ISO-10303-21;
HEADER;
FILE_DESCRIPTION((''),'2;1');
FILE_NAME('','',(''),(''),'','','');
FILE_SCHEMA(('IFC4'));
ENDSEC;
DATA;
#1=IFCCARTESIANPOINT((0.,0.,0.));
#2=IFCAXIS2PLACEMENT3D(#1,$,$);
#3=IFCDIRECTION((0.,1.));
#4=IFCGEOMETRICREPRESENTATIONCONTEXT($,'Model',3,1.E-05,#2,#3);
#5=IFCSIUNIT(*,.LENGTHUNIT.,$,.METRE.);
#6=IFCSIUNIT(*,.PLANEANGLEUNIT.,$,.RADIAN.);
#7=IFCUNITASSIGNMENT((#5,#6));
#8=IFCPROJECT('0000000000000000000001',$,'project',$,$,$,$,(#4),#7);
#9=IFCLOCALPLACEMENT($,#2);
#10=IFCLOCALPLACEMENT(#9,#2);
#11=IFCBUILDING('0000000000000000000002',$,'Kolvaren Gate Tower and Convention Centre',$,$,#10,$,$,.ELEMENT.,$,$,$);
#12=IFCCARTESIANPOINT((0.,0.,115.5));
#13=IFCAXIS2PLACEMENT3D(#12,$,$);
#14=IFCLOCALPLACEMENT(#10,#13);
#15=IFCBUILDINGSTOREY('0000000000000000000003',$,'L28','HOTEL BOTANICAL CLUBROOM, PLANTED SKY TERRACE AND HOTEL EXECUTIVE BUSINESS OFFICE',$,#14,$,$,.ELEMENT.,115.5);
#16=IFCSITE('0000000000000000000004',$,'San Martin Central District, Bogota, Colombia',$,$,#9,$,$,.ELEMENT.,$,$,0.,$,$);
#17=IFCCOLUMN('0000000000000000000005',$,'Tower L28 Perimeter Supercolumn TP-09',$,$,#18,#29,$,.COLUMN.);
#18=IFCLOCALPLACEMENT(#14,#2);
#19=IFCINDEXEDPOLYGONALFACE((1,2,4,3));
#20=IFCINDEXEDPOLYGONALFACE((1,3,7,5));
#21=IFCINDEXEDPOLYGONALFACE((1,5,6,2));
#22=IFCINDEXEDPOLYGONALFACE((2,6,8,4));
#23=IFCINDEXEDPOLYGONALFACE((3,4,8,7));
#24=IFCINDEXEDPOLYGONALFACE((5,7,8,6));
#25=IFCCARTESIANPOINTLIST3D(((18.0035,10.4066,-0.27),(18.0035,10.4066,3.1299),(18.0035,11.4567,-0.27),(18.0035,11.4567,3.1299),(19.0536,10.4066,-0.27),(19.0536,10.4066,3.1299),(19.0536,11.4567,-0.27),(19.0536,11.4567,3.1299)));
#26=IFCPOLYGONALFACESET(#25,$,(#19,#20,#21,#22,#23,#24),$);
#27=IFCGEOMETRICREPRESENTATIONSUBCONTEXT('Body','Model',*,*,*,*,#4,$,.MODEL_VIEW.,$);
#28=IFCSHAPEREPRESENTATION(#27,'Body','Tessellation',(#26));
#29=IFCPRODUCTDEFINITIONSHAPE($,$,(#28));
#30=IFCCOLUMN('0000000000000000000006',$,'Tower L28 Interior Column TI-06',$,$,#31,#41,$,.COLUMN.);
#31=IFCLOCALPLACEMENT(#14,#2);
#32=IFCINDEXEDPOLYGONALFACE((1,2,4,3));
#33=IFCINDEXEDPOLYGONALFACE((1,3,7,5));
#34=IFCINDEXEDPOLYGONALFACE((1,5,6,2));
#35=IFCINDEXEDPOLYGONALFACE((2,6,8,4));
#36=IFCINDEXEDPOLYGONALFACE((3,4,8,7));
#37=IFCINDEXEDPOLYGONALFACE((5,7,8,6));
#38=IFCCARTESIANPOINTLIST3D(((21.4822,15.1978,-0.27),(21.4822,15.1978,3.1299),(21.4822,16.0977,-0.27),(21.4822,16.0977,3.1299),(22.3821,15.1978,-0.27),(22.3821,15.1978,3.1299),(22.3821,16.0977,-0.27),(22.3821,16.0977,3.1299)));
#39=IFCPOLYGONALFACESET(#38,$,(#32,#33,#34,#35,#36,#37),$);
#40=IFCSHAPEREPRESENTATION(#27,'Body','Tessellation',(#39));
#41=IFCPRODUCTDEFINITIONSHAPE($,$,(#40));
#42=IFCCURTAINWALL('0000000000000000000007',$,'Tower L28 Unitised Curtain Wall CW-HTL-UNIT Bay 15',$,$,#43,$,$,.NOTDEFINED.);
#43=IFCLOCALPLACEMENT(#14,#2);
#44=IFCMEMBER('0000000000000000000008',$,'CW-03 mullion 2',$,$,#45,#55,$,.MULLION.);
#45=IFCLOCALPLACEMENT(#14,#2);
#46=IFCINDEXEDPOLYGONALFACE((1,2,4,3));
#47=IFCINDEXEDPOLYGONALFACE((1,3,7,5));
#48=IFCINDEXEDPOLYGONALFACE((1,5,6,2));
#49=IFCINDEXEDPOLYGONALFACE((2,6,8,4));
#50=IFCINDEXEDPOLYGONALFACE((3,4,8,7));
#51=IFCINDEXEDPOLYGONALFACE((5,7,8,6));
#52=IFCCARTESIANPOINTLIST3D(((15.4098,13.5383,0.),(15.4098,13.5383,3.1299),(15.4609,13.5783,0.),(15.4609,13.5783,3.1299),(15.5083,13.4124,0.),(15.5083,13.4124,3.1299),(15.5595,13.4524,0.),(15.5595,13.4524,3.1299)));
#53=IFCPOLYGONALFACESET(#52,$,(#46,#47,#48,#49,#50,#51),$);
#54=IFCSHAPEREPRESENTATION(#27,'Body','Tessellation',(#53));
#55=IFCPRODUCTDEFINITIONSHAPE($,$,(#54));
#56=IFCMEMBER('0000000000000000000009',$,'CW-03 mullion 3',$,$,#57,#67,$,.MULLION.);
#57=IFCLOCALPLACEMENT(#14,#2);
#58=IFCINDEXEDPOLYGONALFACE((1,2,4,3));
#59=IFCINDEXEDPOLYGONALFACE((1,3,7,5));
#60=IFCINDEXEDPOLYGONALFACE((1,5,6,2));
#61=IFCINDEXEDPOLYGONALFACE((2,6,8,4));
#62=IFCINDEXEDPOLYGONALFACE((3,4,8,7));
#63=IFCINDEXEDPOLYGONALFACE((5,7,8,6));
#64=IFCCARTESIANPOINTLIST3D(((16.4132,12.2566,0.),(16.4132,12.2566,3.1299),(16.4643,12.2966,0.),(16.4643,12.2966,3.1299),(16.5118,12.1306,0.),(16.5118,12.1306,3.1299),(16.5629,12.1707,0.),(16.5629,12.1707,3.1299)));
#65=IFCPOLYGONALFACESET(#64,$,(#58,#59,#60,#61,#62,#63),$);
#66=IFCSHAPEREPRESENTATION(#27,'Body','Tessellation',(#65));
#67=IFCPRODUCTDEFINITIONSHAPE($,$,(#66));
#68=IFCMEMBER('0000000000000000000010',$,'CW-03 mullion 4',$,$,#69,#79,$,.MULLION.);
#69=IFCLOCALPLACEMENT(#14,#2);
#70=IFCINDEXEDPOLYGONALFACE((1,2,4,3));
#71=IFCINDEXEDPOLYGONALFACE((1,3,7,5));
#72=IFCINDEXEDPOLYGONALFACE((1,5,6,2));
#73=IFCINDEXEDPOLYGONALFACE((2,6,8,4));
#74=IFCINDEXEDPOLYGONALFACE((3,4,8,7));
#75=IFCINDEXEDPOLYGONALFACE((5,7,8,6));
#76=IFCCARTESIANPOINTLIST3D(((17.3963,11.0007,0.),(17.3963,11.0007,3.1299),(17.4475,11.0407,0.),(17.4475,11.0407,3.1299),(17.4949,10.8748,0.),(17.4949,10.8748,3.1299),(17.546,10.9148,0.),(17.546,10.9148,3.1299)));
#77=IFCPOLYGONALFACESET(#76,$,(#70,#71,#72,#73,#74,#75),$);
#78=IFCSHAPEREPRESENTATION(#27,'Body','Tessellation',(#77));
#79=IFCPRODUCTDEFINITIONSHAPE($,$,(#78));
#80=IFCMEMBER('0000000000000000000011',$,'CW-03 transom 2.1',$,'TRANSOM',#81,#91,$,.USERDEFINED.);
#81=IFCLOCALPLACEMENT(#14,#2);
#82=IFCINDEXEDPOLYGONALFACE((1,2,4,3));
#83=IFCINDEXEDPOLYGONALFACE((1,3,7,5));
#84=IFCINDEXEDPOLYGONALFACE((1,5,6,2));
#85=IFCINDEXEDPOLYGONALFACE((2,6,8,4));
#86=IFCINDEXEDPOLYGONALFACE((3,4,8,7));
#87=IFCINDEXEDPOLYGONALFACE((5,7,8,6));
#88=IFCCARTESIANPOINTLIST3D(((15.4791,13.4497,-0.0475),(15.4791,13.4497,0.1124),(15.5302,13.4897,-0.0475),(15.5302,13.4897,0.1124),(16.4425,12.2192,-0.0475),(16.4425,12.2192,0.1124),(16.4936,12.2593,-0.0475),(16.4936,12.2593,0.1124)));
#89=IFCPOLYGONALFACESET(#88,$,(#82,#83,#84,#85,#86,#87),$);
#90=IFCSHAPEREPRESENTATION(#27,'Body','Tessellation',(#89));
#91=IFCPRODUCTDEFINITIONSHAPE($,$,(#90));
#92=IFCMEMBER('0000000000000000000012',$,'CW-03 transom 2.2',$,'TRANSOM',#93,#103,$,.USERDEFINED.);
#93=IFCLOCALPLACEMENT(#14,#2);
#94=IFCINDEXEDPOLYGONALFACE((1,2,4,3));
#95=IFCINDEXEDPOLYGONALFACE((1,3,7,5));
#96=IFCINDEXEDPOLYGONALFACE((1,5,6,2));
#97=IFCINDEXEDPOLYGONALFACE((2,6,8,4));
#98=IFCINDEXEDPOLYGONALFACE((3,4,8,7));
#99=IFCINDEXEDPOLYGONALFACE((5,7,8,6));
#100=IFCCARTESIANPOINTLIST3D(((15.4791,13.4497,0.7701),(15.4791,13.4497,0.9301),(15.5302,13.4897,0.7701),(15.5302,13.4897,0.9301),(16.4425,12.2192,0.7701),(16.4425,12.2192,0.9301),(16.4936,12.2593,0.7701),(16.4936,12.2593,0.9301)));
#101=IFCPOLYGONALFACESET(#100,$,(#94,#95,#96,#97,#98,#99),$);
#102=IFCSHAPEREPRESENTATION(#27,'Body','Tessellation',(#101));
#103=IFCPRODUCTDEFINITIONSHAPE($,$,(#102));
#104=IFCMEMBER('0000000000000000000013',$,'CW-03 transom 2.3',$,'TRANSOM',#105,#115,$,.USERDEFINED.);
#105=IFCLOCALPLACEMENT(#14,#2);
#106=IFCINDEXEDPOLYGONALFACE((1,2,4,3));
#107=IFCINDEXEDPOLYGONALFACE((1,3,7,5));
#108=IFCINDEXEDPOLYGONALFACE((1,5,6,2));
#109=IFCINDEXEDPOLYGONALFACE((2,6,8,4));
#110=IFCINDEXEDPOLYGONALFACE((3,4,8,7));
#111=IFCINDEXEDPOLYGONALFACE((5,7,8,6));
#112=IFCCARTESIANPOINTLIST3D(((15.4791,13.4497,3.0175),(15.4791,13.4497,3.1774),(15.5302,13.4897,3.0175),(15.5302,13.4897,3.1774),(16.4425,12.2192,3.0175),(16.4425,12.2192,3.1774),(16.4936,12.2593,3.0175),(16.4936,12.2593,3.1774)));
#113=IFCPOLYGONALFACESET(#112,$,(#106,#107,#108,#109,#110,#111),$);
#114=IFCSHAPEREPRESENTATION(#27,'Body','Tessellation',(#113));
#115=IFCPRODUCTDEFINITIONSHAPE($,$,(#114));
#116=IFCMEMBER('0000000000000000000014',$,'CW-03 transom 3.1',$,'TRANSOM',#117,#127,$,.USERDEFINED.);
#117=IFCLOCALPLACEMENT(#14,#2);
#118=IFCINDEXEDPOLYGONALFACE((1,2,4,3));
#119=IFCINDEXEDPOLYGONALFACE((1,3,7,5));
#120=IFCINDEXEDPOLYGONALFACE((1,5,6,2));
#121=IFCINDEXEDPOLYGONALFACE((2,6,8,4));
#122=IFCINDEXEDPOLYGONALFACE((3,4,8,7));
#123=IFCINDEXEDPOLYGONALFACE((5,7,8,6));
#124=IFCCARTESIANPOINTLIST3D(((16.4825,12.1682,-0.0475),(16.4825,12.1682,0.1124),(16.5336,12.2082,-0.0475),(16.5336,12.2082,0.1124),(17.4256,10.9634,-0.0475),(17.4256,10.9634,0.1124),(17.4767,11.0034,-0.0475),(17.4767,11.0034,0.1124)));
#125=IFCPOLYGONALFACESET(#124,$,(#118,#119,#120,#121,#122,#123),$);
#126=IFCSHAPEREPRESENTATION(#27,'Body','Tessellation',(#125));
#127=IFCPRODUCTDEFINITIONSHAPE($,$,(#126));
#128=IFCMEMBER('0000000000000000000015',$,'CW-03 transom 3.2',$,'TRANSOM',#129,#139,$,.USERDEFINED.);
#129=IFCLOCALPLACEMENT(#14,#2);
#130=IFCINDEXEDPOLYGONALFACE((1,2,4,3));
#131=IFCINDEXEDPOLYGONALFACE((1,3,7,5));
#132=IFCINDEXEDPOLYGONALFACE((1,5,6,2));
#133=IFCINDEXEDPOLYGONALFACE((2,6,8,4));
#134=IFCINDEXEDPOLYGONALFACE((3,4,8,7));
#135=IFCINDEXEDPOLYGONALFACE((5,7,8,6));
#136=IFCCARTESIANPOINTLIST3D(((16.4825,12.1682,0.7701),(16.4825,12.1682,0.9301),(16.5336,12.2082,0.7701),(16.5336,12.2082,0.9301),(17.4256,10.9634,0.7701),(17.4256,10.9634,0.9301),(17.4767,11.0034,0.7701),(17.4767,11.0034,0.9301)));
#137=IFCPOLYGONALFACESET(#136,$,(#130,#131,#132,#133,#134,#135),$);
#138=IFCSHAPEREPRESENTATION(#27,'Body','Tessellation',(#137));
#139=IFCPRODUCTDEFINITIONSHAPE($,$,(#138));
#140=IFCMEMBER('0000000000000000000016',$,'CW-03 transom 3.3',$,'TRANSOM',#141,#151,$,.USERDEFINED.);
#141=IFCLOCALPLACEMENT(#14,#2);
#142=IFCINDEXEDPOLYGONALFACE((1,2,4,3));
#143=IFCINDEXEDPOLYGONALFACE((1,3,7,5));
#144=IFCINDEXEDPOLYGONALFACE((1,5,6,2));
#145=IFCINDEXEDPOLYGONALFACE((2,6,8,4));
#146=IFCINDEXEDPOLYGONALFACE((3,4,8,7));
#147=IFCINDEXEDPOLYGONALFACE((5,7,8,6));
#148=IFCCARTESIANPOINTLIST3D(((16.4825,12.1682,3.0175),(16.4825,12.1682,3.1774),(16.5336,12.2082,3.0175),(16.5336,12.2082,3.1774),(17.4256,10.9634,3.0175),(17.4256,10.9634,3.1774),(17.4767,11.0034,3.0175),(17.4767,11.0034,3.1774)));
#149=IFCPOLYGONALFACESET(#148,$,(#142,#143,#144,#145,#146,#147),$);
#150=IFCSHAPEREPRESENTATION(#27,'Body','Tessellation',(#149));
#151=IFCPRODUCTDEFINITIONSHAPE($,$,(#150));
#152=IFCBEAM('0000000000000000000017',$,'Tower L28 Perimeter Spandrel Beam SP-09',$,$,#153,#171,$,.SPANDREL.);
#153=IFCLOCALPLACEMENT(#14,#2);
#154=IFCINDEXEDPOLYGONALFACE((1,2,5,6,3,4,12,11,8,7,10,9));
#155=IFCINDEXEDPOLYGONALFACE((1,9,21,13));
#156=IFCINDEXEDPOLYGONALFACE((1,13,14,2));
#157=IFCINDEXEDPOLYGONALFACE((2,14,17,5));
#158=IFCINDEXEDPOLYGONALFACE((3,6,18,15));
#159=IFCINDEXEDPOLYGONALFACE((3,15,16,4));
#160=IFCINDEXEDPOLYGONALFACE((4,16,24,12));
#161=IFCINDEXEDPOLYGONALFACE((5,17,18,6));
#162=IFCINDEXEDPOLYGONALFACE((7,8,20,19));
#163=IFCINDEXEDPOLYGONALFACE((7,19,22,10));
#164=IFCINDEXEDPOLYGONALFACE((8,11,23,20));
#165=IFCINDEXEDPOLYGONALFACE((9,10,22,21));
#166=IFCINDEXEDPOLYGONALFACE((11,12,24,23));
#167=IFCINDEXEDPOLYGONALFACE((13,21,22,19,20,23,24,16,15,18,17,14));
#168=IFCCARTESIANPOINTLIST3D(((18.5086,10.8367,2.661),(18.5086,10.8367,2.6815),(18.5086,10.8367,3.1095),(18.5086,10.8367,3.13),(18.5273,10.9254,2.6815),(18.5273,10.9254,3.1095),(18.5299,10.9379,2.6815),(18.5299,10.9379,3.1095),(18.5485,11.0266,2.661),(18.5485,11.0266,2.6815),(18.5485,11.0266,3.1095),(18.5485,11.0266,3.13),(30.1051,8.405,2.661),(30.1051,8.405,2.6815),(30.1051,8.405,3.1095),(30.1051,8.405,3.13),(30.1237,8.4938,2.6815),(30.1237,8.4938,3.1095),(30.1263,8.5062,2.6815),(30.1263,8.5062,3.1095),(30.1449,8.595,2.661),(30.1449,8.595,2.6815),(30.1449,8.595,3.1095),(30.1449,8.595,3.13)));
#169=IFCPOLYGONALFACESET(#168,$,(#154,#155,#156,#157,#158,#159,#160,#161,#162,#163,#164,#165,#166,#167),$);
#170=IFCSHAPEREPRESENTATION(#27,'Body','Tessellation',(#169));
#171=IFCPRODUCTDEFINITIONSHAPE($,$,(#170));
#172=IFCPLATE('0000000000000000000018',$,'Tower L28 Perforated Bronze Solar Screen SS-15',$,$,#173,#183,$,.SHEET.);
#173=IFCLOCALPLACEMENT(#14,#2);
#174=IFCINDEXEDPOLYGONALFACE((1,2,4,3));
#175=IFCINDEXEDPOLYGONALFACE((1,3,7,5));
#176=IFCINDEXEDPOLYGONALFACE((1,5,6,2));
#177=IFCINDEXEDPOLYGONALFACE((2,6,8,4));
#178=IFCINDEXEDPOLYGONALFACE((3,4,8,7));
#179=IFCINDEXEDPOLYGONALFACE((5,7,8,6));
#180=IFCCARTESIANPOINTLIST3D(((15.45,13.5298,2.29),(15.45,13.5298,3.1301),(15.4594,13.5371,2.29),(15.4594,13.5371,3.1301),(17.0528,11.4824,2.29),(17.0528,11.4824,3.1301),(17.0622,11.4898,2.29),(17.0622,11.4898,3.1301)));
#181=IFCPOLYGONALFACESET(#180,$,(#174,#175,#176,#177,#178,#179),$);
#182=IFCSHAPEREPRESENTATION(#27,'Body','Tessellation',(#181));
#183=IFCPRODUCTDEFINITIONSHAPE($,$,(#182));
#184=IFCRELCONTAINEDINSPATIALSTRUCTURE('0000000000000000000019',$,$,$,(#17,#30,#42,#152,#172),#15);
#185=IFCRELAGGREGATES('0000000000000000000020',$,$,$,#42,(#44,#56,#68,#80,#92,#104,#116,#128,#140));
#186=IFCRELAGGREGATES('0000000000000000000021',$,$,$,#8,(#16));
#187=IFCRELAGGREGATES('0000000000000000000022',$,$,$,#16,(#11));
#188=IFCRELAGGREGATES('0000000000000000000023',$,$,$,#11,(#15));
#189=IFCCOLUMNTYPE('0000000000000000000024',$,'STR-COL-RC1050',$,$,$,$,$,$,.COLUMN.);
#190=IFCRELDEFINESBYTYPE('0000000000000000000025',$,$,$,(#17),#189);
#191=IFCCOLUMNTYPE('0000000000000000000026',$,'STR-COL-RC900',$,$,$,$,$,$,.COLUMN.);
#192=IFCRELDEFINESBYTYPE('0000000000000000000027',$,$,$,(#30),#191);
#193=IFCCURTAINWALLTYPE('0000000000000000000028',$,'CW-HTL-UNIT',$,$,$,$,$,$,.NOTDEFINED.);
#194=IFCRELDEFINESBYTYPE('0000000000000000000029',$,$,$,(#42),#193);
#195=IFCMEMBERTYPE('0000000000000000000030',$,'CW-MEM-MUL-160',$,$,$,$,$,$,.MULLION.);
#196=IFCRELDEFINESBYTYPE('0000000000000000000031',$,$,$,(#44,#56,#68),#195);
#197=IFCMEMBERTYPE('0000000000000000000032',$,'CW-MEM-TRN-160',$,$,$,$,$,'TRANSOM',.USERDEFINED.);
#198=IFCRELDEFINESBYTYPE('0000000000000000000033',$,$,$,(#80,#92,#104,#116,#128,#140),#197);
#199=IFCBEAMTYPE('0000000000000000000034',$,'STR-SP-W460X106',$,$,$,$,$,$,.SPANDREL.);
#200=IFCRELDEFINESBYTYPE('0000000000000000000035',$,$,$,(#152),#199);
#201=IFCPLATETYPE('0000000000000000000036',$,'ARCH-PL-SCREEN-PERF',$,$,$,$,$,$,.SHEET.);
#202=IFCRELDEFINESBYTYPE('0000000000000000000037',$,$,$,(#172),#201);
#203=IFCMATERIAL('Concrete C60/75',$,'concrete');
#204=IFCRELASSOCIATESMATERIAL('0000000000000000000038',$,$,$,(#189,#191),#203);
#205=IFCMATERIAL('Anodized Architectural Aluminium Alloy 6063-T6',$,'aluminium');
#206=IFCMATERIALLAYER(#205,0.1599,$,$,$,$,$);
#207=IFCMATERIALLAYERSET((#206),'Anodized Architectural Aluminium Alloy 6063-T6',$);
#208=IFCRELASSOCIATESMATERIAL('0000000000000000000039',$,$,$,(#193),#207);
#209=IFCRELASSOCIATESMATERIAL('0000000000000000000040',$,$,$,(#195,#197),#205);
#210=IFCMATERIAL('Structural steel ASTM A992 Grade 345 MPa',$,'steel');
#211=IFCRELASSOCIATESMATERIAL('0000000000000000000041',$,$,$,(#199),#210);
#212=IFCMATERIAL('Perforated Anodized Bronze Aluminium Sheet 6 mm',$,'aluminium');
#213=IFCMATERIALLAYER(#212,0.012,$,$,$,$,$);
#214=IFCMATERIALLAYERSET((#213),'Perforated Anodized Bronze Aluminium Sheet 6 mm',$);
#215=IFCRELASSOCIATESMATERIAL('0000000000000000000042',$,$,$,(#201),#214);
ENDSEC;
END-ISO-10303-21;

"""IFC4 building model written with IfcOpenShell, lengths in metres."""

from ifc_helpers import new_model, si_unit, direction, frame, origin, origin_2d, place, context, subcontext, project, spatial, rectangle, i_section, extrude, material, layer, layer_set, material_profile, profile_set, type_object, element, aggregate, save


model = new_model("IFC4")

# Units and contexts
model_context = context("Model", 3, precision=1e-05, world=origin(), true_north=direction((0.0, 1.0)))
body_context = subcontext(model_context, "Body", "Model", "MODEL_VIEW")
ifc_project = project(units=[si_unit("LENGTHUNIT", "METRE"), si_unit("PLANEANGLEUNIT", "RADIAN")], contexts=[model_context])

# Site, building, storey
site_placement = place(None, origin())
site = spatial("IfcSite", under=ifc_project, at=site_placement, Name="San Martin Central District, Bogota, Colombia", CompositionType="ELEMENT", RefElevation=0.0)
building_placement = place(site_placement, origin())
building = spatial("IfcBuilding", under=site, at=building_placement, Name="Kolvaren Gate Tower and Convention Centre", CompositionType="ELEMENT")
storey_placement = place(building_placement, frame((0.0, 0.0, 115.5)))
storey = spatial("IfcBuildingStorey", under=building, at=storey_placement, Name="L28", Description="HOTEL BOTANICAL CLUBROOM, PLANTED SKY TERRACE AND HOTEL EXECUTIVE BUSINESS OFFICE", CompositionType="ELEMENT", Elevation=115.5)

# Columns
ifc_material_1 = material(Name="Concrete C60/75", Category="concrete")
ifc_material_profile_1 = material_profile(ifc_material_1, rectangle(XDim=1.05, YDim=1.05, at=origin_2d()), Name="RC-COL-1050X1050")
ifc_profile_set_1 = profile_set([ifc_material_profile_1], Name="Concrete C60/75")
column_type_1 = type_object("IfcColumnType", Name="STR-COL-RC1050", PredefinedType="COLUMN", material=ifc_profile_set_1)
column_1_placement = place(storey_placement, frame((18.5286, 10.9316, -0.27), z_axis=(0.0, 0.0, 1.0), x_axis=(1.0, 0.0, 0.0)))
element("IfcColumn", 1, at=column_1_placement, inside=storey, type_object=column_type_1, Name="Tower L28 Perimeter Supercolumn TP-09", PredefinedType="COLUMN", context=body_context, shape_type="SweptSolid", body=[
    extrude(rectangle(XDim=1.05, YDim=1.05, at=origin_2d()), origin(), (0.0, 0.0, 1.0), 3.3999),
])
ifc_material_profile_2 = material_profile(ifc_material_1, rectangle(XDim=0.8999, YDim=0.8999, at=origin_2d()), Name="RC-COL-900X900")
ifc_profile_set_2 = profile_set([ifc_material_profile_2], Name="Concrete C60/75")
column_type_2 = type_object("IfcColumnType", Name="STR-COL-RC900", PredefinedType="COLUMN", material=ifc_profile_set_2)
column_2_placement = place(storey_placement, frame((21.9321, 15.6477, -0.27), z_axis=(0.0, 0.0, 1.0), x_axis=(1.0, 0.0, 0.0)))
element("IfcColumn", 2, at=column_2_placement, inside=storey, type_object=column_type_2, Name="Tower L28 Interior Column TI-06", PredefinedType="COLUMN", context=body_context, shape_type="SweptSolid", body=[
    extrude(rectangle(XDim=0.8999, YDim=0.8999, at=origin_2d()), origin(), (0.0, 0.0, 1.0), 3.3999),
])

# Curtain wall, members
ifc_material_2 = material(Name="Anodized Architectural Aluminium Alloy 6063-T6", Category="aluminium")
ifc_layer_1 = layer(ifc_material_2, 0.1599)
ifc_layer_set_1 = layer_set([ifc_layer_1], Name="Anodized Architectural Aluminium Alloy 6063-T6")
curtain_wall_type = type_object("IfcCurtainWallType", Name="CW-HTL-UNIT", PredefinedType="NOTDEFINED", material=ifc_layer_set_1)
curtain_wall_placement = place(storey_placement, origin())
curtain_wall = element("IfcCurtainWall", 3, at=curtain_wall_placement, inside=storey, type_object=curtain_wall_type, Name="Tower L28 Unitised Curtain Wall CW-HTL-UNIT Bay 15", PredefinedType="NOTDEFINED")
ifc_material_profile_3 = material_profile(ifc_material_2, rectangle(XDim=0.0649, YDim=0.1599, at=origin_2d()), Name="CW-MEM-MUL-160")
ifc_profile_set_3 = profile_set([ifc_material_profile_3], Name="Anodized Architectural Aluminium Alloy 6063-T6")
member_type_1 = type_object("IfcMemberType", Name="CW-MEM-MUL-160", PredefinedType="MULLION", material=ifc_profile_set_3)
member_1_placement = place(storey_placement, frame((15.4846, 13.4954, 0.0), z_axis=(0.0, 0.0, 1.0), x_axis=(0.787411, 0.616429, 0.0)))
member_1 = element("IfcMember", 4, at=member_1_placement, type_object=member_type_1, Name="CW-03 mullion 2", PredefinedType="MULLION", context=body_context, shape_type="SweptSolid", body=[
    extrude(rectangle(XDim=0.0649, YDim=0.1599, at=origin_2d()), origin(), (0.0, 0.0, 1.0), 3.1299),
])
member_2_placement = place(storey_placement, frame((16.488, 12.2136, 0.0), z_axis=(0.0, 0.0, 1.0), x_axis=(0.787411, 0.616429, 0.0)))
member_2 = element("IfcMember", 5, at=member_2_placement, type_object=member_type_1, Name="CW-03 mullion 3", PredefinedType="MULLION", context=body_context, shape_type="SweptSolid", body=[
    extrude(rectangle(XDim=0.0649, YDim=0.1599, at=origin_2d()), origin(), (0.0, 0.0, 1.0), 3.1299),
])
member_3_placement = place(storey_placement, frame((17.4712, 10.9578, 0.0), z_axis=(0.0, 0.0, 1.0), x_axis=(0.787411, 0.616429, 0.0)))
member_3 = element("IfcMember", 6, at=member_3_placement, type_object=member_type_1, Name="CW-03 mullion 4", PredefinedType="MULLION", context=body_context, shape_type="SweptSolid", body=[
    extrude(rectangle(XDim=0.0649, YDim=0.1599, at=origin_2d()), origin(), (0.0, 0.0, 1.0), 3.1299),
])
ifc_material_profile_4 = material_profile(ifc_material_2, rectangle(XDim=0.0649, YDim=0.1599, at=origin_2d()), Name="CW-MEM-TRN-160")
ifc_profile_set_4 = profile_set([ifc_material_profile_4], Name="Anodized Architectural Aluminium Alloy 6063-T6")
member_type_2 = type_object("IfcMemberType", Name="CW-MEM-TRN-160", ElementType="TRANSOM", PredefinedType="USERDEFINED", material=ifc_profile_set_4)
member_4_placement = place(storey_placement, frame((15.5046, 13.4697, 0.0325), z_axis=(0.616468, -0.78738, 0.0), x_axis=(0.78738, 0.616468, 0.0)))
member_4 = element("IfcMember", 7, at=member_4_placement, type_object=member_type_2, Name="CW-03 transom 2.1", ObjectType="TRANSOM", PredefinedType="USERDEFINED", context=body_context, shape_type="SweptSolid", body=[
    extrude(rectangle(XDim=0.0649, YDim=0.1599, at=origin_2d()), origin(), (0.0, 0.0, 1.0), 1.5627),
])
member_5_placement = place(storey_placement, frame((15.5046, 13.4697, 0.8501), z_axis=(0.616468, -0.78738, 0.0), x_axis=(0.78738, 0.616468, 0.0)))
member_5 = element("IfcMember", 8, at=member_5_placement, type_object=member_type_2, Name="CW-03 transom 2.2", ObjectType="TRANSOM", PredefinedType="USERDEFINED", context=body_context, shape_type="SweptSolid", body=[
    extrude(rectangle(XDim=0.0649, YDim=0.1599, at=origin_2d()), origin(), (0.0, 0.0, 1.0), 1.5627),
])
member_6_placement = place(storey_placement, frame((15.5046, 13.4697, 3.0974), z_axis=(0.616468, -0.78738, 0.0), x_axis=(0.78738, 0.616468, 0.0)))
member_6 = element("IfcMember", 9, at=member_6_placement, type_object=member_type_2, Name="CW-03 transom 2.3", ObjectType="TRANSOM", PredefinedType="USERDEFINED", context=body_context, shape_type="SweptSolid", body=[
    extrude(rectangle(XDim=0.0649, YDim=0.1599, at=origin_2d()), origin(), (0.0, 0.0, 1.0), 1.5627),
])
member_7_placement = place(storey_placement, frame((16.5081, 12.1882, 0.0325), z_axis=(0.61639, -0.787441, 0.0), x_axis=(0.787441, 0.61639, 0.0)))
member_7 = element("IfcMember", 10, at=member_7_placement, type_object=member_type_2, Name="CW-03 transom 3.1", ObjectType="TRANSOM", PredefinedType="USERDEFINED", context=body_context, shape_type="SweptSolid", body=[
    extrude(rectangle(XDim=0.0649, YDim=0.1599, at=origin_2d()), origin(), (0.0, 0.0, 1.0), 1.53),
])
member_8_placement = place(storey_placement, frame((16.5081, 12.1882, 0.8501), z_axis=(0.61639, -0.787441, 0.0), x_axis=(0.787441, 0.61639, 0.0)))
member_8 = element("IfcMember", 11, at=member_8_placement, type_object=member_type_2, Name="CW-03 transom 3.2", ObjectType="TRANSOM", PredefinedType="USERDEFINED", context=body_context, shape_type="SweptSolid", body=[
    extrude(rectangle(XDim=0.0649, YDim=0.1599, at=origin_2d()), origin(), (0.0, 0.0, 1.0), 1.53),
])
member_9_placement = place(storey_placement, frame((16.5081, 12.1882, 3.0974), z_axis=(0.61639, -0.787441, 0.0), x_axis=(0.787441, 0.61639, 0.0)))
member_9 = element("IfcMember", 12, at=member_9_placement, type_object=member_type_2, Name="CW-03 transom 3.3", ObjectType="TRANSOM", PredefinedType="USERDEFINED", context=body_context, shape_type="SweptSolid", body=[
    extrude(rectangle(XDim=0.0649, YDim=0.1599, at=origin_2d()), origin(), (0.0, 0.0, 1.0), 1.53),
])

# Beam
ifc_material_3 = material(Name="Structural steel ASTM A992 Grade 345 MPa", Category="steel")
ifc_material_profile_5 = material_profile(ifc_material_3, i_section(OverallWidth=0.1941, OverallDepth=0.469, WebThickness=0.0127, FlangeThickness=0.0205, at=origin_2d()), Name="W460X106")
ifc_profile_set_5 = profile_set([ifc_material_profile_5], Name="Structural steel ASTM A992 Grade 345 MPa")
beam_type = type_object("IfcBeamType", Name="STR-SP-W460X106", PredefinedType="SPANDREL", material=ifc_profile_set_5)
beam_placement = place(storey_placement, frame((18.5286, 10.9316, 2.8955), z_axis=(0.978715, -0.205225, 0.0), x_axis=(0.205225, 0.978715, 0.0)))
element("IfcBeam", 13, at=beam_placement, inside=storey, type_object=beam_type, Name="Tower L28 Perimeter Spandrel Beam SP-09", PredefinedType="SPANDREL", context=body_context, shape_type="SweptSolid", body=[
    extrude(i_section(OverallWidth=0.1941, OverallDepth=0.469, WebThickness=0.0127, FlangeThickness=0.0205, at=origin_2d()), origin(), (0.0, 0.0, 1.0), 11.8486),
])

# Plate
ifc_material_4 = material(Name="Perforated Anodized Bronze Aluminium Sheet 6 mm", Category="aluminium")
ifc_layer_2 = layer(ifc_material_4, 0.012)
ifc_layer_set_2 = layer_set([ifc_layer_2], Name="Perforated Anodized Bronze Aluminium Sheet 6 mm")
plate_type_1 = type_object("IfcPlateType", Name="ARCH-PL-SCREEN-PERF", PredefinedType="SHEET", material=ifc_layer_set_2)
plate_1_placement = place(storey_placement, frame((16.2561, 12.5098, 2.29), z_axis=(0.0, 0.0, 1.0), x_axis=(0.616424, -0.787414, 0.0)))
element("IfcPlate", 14, at=plate_1_placement, inside=storey, type_object=plate_type_1, Name="Tower L28 Perforated Bronze Solar Screen SS-15", PredefinedType="SHEET", context=body_context, shape_type="SweptSolid", body=[
    extrude(rectangle(XDim=2.6001, YDim=0.012, at=origin_2d()), origin(), (0.0, 0.0, 1.0), 0.8401),
])
aggregate(curtain_wall, [member_1, member_2, member_3, member_4, member_5, member_6, member_7, member_8, member_9])

save(model, "model.ifc")
